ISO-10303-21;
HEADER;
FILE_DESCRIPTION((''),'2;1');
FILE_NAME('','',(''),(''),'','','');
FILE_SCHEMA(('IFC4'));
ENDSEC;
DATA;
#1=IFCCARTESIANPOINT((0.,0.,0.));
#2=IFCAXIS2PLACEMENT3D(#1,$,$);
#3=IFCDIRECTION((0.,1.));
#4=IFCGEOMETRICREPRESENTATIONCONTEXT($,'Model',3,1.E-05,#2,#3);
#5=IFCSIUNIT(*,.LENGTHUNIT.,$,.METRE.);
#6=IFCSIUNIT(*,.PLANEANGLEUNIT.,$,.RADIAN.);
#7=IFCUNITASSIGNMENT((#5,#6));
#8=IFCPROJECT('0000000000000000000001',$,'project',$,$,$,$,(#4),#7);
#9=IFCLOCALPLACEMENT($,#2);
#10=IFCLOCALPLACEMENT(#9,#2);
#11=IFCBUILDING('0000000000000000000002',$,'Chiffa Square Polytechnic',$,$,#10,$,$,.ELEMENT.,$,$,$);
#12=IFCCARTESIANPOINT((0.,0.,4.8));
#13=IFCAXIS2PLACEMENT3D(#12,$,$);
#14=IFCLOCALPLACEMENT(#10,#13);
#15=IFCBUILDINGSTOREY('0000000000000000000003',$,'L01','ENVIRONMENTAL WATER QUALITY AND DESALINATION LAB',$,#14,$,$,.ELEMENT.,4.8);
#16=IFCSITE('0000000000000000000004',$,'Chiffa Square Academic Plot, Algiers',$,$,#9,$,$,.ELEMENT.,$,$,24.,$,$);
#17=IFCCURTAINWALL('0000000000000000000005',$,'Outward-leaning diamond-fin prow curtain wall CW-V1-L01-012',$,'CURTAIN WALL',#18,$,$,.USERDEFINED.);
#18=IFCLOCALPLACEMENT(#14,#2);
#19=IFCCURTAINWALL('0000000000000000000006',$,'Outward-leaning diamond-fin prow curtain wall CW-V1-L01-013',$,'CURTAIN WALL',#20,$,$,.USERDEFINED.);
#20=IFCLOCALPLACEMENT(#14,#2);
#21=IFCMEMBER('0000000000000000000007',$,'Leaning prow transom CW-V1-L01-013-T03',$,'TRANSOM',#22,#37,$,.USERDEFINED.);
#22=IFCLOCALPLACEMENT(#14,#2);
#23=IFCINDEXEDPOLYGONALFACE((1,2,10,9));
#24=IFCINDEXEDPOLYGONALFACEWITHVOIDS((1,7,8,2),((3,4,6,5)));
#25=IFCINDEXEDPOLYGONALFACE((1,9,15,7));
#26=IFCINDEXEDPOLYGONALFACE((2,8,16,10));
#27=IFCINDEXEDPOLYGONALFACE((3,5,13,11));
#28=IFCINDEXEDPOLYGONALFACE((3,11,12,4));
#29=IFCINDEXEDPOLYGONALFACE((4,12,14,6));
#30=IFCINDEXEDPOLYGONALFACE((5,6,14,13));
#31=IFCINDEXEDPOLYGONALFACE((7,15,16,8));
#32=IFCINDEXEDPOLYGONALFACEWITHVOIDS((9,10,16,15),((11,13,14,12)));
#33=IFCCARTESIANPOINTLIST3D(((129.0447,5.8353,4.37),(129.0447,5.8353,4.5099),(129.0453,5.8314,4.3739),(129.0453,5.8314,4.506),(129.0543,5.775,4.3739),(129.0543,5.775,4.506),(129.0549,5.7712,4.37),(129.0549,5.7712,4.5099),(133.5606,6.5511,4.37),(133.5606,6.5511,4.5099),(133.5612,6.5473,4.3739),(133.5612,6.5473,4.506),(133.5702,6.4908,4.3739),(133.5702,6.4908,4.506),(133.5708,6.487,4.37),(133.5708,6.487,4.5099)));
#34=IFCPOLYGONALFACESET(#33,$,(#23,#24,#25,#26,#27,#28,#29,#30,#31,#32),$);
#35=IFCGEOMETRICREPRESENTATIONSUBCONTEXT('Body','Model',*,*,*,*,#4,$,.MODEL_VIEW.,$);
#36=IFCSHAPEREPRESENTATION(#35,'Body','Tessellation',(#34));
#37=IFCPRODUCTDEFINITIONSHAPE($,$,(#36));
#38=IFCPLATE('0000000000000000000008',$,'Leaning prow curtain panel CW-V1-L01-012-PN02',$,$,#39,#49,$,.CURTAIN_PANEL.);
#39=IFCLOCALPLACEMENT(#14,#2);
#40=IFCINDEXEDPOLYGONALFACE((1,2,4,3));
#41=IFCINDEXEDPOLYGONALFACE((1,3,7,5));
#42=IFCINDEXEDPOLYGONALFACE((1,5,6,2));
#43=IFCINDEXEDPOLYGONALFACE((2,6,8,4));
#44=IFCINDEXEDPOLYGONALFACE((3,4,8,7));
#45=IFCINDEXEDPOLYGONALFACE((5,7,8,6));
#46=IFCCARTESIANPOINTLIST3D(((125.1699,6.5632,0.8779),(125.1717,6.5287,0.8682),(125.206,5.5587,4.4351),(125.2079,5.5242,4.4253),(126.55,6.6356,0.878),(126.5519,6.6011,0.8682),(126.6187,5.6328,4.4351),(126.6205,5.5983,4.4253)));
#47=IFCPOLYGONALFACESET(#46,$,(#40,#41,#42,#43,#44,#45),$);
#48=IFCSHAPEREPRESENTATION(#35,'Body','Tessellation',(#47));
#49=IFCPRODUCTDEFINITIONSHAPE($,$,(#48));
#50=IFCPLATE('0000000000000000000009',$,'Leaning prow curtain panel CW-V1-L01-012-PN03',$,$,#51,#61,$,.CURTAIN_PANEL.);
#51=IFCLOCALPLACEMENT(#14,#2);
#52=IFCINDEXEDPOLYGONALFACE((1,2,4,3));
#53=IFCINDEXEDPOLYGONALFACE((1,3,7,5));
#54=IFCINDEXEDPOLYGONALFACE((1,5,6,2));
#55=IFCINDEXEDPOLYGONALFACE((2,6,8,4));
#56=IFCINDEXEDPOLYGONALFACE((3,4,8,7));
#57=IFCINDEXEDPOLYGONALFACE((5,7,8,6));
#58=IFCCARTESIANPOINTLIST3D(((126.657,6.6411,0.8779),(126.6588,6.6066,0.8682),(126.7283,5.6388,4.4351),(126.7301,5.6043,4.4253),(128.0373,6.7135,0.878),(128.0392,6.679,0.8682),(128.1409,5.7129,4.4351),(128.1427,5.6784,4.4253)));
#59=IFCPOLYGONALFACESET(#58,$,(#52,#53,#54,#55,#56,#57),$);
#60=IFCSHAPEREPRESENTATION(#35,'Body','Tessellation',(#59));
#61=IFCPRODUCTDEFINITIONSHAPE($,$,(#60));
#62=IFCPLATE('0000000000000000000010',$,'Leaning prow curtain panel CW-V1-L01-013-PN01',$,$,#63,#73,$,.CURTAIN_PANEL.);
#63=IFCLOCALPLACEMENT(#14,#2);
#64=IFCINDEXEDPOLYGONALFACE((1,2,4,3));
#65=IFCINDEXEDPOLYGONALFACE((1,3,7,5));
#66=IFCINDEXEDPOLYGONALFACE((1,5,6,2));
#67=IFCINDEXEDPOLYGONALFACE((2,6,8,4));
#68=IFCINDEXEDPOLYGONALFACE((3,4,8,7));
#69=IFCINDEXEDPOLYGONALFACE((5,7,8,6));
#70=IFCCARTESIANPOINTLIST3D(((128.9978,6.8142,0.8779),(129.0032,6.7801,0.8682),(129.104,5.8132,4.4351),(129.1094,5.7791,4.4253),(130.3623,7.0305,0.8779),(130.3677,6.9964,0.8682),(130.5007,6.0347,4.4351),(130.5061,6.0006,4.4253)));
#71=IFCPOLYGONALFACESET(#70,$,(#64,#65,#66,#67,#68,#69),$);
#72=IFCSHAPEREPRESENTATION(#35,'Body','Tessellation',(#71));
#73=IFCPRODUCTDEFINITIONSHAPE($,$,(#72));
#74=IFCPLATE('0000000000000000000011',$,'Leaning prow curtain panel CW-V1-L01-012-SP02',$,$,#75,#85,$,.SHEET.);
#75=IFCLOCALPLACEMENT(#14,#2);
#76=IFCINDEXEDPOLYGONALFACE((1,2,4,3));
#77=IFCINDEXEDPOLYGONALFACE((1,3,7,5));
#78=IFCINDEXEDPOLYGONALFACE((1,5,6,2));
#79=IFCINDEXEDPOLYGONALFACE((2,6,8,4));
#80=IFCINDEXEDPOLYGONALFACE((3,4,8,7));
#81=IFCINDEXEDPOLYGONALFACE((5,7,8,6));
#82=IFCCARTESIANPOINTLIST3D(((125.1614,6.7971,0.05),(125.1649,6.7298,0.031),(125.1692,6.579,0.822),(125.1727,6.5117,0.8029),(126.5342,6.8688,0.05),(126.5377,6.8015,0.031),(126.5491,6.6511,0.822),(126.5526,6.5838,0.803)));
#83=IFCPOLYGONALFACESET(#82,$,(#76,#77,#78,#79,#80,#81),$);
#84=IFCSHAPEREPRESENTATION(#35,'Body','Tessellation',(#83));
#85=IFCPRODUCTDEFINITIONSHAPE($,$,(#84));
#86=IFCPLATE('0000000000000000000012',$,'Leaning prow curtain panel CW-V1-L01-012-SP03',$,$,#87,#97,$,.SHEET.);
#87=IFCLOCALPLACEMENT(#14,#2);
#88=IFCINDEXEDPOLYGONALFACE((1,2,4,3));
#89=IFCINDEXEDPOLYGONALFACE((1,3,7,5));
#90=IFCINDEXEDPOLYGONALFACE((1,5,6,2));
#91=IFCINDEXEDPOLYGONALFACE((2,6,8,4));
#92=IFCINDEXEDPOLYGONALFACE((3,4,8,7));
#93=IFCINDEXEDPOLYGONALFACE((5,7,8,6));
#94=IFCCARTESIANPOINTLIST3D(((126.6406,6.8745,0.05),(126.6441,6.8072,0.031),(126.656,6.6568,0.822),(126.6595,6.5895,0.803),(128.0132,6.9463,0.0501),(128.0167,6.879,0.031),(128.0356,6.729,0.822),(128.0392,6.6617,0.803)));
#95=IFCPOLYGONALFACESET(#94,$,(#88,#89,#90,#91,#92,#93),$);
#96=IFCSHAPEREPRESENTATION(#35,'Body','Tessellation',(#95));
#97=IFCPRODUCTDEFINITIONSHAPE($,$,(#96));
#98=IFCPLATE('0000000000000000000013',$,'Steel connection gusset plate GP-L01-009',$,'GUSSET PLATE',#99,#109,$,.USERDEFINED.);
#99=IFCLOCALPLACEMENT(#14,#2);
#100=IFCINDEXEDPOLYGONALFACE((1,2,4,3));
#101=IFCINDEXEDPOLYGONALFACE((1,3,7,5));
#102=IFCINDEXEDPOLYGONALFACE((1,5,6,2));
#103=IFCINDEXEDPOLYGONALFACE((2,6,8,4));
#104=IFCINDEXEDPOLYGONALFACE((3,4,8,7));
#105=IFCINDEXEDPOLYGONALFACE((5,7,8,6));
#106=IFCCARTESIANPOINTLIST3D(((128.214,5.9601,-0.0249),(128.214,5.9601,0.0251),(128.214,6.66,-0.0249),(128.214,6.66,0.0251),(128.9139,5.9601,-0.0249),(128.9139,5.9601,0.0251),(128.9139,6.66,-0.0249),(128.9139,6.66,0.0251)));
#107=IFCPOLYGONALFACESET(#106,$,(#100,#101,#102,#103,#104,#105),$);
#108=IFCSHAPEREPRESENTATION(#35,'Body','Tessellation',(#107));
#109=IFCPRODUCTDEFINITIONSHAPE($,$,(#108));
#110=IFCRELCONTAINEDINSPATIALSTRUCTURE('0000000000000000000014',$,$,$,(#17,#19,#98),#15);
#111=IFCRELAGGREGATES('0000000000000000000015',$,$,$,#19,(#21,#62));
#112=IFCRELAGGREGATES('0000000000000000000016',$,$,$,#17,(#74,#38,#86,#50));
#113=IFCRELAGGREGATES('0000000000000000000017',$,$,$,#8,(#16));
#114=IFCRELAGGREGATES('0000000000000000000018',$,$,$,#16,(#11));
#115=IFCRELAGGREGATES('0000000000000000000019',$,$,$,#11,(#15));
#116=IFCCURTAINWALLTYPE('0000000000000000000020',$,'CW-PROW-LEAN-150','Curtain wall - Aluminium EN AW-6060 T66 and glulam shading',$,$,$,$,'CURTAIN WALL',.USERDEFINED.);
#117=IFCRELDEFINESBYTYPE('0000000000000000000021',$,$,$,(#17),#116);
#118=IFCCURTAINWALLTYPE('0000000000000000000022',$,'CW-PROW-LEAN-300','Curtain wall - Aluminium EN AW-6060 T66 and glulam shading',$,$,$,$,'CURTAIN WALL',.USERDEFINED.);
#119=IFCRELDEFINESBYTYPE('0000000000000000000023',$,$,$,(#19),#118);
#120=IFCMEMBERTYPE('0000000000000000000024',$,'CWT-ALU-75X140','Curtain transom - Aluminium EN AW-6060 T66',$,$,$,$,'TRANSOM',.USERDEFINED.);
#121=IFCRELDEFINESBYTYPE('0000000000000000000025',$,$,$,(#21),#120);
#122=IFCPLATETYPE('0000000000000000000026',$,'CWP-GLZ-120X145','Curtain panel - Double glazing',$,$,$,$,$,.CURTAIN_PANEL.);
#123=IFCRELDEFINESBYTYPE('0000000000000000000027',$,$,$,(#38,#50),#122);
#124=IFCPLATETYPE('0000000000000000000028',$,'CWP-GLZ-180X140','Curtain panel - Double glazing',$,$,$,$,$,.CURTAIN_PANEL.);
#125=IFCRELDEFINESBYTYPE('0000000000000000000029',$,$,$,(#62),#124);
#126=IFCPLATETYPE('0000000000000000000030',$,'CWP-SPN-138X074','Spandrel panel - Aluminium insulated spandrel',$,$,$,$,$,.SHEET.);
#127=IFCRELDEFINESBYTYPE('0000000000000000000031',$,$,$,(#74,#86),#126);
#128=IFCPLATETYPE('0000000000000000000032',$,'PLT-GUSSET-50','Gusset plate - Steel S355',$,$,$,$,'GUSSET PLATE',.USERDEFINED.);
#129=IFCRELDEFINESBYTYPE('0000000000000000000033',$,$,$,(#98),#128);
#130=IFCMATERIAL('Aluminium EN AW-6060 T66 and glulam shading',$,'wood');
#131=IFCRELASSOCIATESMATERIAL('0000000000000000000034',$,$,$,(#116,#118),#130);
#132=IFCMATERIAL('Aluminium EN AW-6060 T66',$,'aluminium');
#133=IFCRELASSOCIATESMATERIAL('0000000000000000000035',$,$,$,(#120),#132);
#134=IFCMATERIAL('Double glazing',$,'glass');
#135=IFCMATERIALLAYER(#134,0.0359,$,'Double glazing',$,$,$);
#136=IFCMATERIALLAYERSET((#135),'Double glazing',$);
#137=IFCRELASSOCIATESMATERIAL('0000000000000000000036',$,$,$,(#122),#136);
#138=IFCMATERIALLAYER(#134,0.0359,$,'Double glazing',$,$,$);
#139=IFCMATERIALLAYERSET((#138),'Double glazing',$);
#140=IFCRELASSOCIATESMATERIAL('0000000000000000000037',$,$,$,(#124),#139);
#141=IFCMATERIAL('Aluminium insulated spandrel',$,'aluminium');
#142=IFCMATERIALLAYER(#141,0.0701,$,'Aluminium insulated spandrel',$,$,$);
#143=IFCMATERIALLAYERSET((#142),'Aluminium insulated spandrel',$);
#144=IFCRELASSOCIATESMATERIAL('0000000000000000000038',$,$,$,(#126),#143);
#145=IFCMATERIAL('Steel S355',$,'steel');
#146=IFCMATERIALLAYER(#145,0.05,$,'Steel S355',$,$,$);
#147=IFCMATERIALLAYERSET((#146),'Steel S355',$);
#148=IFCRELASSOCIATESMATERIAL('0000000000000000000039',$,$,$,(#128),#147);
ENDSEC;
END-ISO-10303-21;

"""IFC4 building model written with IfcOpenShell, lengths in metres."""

from ifc_helpers import new_model, si_unit, direction, frame, origin, origin_2d, place, context, subcontext, project, spatial, polyline, rectangle, hollow_rectangle, outline, extrude, material, layer, layer_set, material_profile, profile_set, type_object, element, aggregate, save


model = new_model("IFC4")

# Units and contexts
model_context = context("Model", 3, precision=1e-05, world=origin(), true_north=direction((0.0, 1.0)))
body_context = subcontext(model_context, "Body", "Model", "MODEL_VIEW")
ifc_project = project(units=[si_unit("LENGTHUNIT", "METRE"), si_unit("PLANEANGLEUNIT", "RADIAN")], contexts=[model_context])

# Site, building, storey
site_placement = place(None, origin())
site = spatial("IfcSite", under=ifc_project, at=site_placement, Name="Chiffa Square Academic Plot, Algiers", CompositionType="ELEMENT", RefElevation=24.0)
building_placement = place(site_placement, origin())
building = spatial("IfcBuilding", under=site, at=building_placement, Name="Chiffa Square Polytechnic", CompositionType="ELEMENT")
storey_placement = place(building_placement, frame((0.0, 0.0, 4.8)))
storey = spatial("IfcBuildingStorey", under=building, at=storey_placement, Name="L01", Description="ENVIRONMENTAL WATER QUALITY AND DESALINATION LAB", CompositionType="ELEMENT", Elevation=4.8)

# Shared definitions
ifc_material_1 = material(Name="Steel S355", Category="steel")

# Curtain walls, member
ifc_material_2 = material(Name="Aluminium EN AW-6060 T66 and glulam shading", Category="wood")
curtain_wall_type_1 = type_object("IfcCurtainWallType", Name="CW-PROW-LEAN-150", Description="Curtain wall - Aluminium EN AW-6060 T66 and glulam shading", ElementType="CURTAIN WALL", PredefinedType="USERDEFINED", material=ifc_material_2)
curtain_wall_1_placement = place(storey_placement, origin())
curtain_wall_1 = element("IfcCurtainWall", 1, at=curtain_wall_1_placement, inside=storey, type_object=curtain_wall_type_1, Name="Outward-leaning diamond-fin prow curtain wall CW-V1-L01-012", ObjectType="CURTAIN WALL", PredefinedType="USERDEFINED")
ifc_material_3 = material(Name="Aluminium EN AW-6060 T66", Category="aluminium")
curtain_wall_type_2 = type_object("IfcCurtainWallType", Name="CW-PROW-LEAN-300", Description="Curtain wall - Aluminium EN AW-6060 T66 and glulam shading", ElementType="CURTAIN WALL", PredefinedType="USERDEFINED", material=ifc_material_2)
curtain_wall_2_placement = place(storey_placement, origin())
curtain_wall_2 = element("IfcCurtainWall", 2, at=curtain_wall_2_placement, inside=storey, type_object=curtain_wall_type_2, Name="Outward-leaning diamond-fin prow curtain wall CW-V1-L01-013", ObjectType="CURTAIN WALL", PredefinedType="USERDEFINED")
ifc_material_profile_1 = material_profile(ifc_material_3, hollow_rectangle(XDim=0.0649, YDim=0.1399, WallThickness=0.0039, at=origin_2d()), Name="ALU 65x140x4")
ifc_profile_set_1 = profile_set([ifc_material_profile_1], Name="Aluminium EN AW-6060 T66")
member_type_1 = type_object("IfcMemberType", Name="CWT-ALU-75X140", Description="Curtain transom - Aluminium EN AW-6060 T66", ElementType="TRANSOM", PredefinedType="USERDEFINED", material=ifc_profile_set_1)
member_1_placement = place(storey_placement, frame((129.0498, 5.8032, 4.4399), z_axis=(0.987669, 0.156558, 0.0), x_axis=(-0.156558, 0.987669, 0.0)))
member_1 = element("IfcMember", 3, at=member_1_placement, type_object=member_type_1, Name="Leaning prow transom CW-V1-L01-013-T03", ObjectType="TRANSOM", PredefinedType="USERDEFINED", context=body_context, shape_type="SweptSolid", body=[
    extrude(hollow_rectangle(XDim=0.0649, YDim=0.1399, WallThickness=0.0039, at=origin_2d()), origin(), (0.0, 0.0, 1.0), 4.5723),
])

# Plates
ifc_material_4 = material(Name="Double glazing", Category="glass")
ifc_layer_1 = layer(ifc_material_4, 0.0359, Name="Double glazing")
ifc_layer_set_1 = layer_set([ifc_layer_1], Name="Double glazing")
plate_type_1 = type_object("IfcPlateType", Name="CWP-GLZ-120X145", Description="Curtain panel - Double glazing", PredefinedType="CURTAIN_PANEL", material=ifc_layer_set_1)
plate_1_placement = place(storey_placement, frame((125.1699, 6.5632, 0.8779), z_axis=(-0.050407, 0.961006, 0.271895), x_axis=(0.998628, 0.052373, 0.000024)))
plate_1 = element("IfcPlate", 4, at=plate_1_placement, type_object=plate_type_1, Name="Leaning prow curtain panel CW-V1-L01-012-PN02", PredefinedType="CURTAIN_PANEL", context=body_context, shape_type="SweptSolid", body=[
    extrude(outline(polyline([(0.0, 0.0), (1.382, 0.0), (1.3981, -3.6963), (-0.0164, -3.6964), (0.0, 0.0)])), origin(), (0.0, 0.0, -1.0), 0.0359),
])
plate_2_placement = place(storey_placement, frame((126.657, 6.6411, 0.8779), z_axis=(-0.050404, 0.961032, 0.271805), x_axis=(0.998628, 0.052369, 0.000025)))
plate_2 = element("IfcPlate", 5, at=plate_2_placement, type_object=plate_type_1, Name="Leaning prow curtain panel CW-V1-L01-012-PN03", PredefinedType="CURTAIN_PANEL", context=body_context, shape_type="SweptSolid", body=[
    extrude(outline(polyline([(0.0, 0.0), (1.3823, 0.0), (1.4333, -3.6962), (0.0188, -3.6963), (0.0, 0.0)])), origin(), (0.0, 0.0, -1.0), 0.0359),
])
ifc_layer_2 = layer(ifc_material_4, 0.0359, Name="Double glazing")
ifc_layer_set_2 = layer_set([ifc_layer_2], Name="Double glazing")
plate_type_2 = type_object("IfcPlateType", Name="CWP-GLZ-180X140", Description="Curtain panel - Double glazing", PredefinedType="CURTAIN_PANEL", material=ifc_layer_set_2)
plate_3_placement = place(storey_placement, frame((128.9978, 6.8142, 0.8779), z_axis=(-0.150676, 0.950442, 0.271951), x_axis=(0.987666, 0.156576, 0.000002)))
plate_3 = element("IfcPlate", 6, at=plate_3_placement, type_object=plate_type_2, Name="Leaning prow curtain panel CW-V1-L01-013-PN01", PredefinedType="CURTAIN_PANEL", context=body_context, shape_type="SweptSolid", body=[
    extrude(outline(polyline([(0.0, 0.0), (1.3815, 0.0), (1.3623, -3.6964), (-0.0518, -3.6964), (0.0, 0.0)])), origin(), (0.0, 0.0, -1.0), 0.0359),
])
aggregate(curtain_wall_2, [member_1, plate_3])
ifc_material_5 = material(Name="Aluminium insulated spandrel", Category="aluminium")
ifc_layer_3 = layer(ifc_material_5, 0.0701, Name="Aluminium insulated spandrel")
ifc_layer_set_3 = layer_set([ifc_layer_3], Name="Aluminium insulated spandrel")
plate_type_3 = type_object("IfcPlateType", Name="CWP-SPN-138X074", Description="Spandrel panel - Aluminium insulated spandrel", PredefinedType="SHEET", material=ifc_layer_set_3)
plate_4_placement = place(storey_placement, frame((125.1614, 6.7971, 0.05), z_axis=(-0.050202, 0.960991, 0.271986), x_axis=(0.998638, 0.052172, -0.000012)))
plate_4 = element("IfcPlate", 7, at=plate_4_placement, type_object=plate_type_3, Name="Leaning prow curtain panel CW-V1-L01-012-SP02", PredefinedType="SHEET", context=body_context, shape_type="SweptSolid", body=[
    extrude(outline(polyline([(0.0, 0.0), (1.3747, 0.0), (1.3782, -0.8022), (-0.0036, -0.8022), (0.0, 0.0)])), origin(), (0.0, 0.0, -1.0), 0.0701),
])
plate_5_placement = place(storey_placement, frame((126.6406, 6.8745, 0.05), z_axis=(-0.050295, 0.960976, 0.27202), x_axis=(0.998633, 0.052263, 0.000011)))
plate_5 = element("IfcPlate", 8, at=plate_5_placement, type_object=plate_type_3, Name="Leaning prow curtain panel CW-V1-L01-012-SP03", PredefinedType="SHEET", context=body_context, shape_type="SweptSolid", body=[
    extrude(outline(polyline([(0.0, 0.0), (1.3744, 0.0), (1.3855, -0.8022), (0.004, -0.8022), (0.0, 0.0)])), origin(), (0.0, 0.0, -1.0), 0.0701),
])
aggregate(curtain_wall_1, [plate_4, plate_1, plate_5, plate_2])
ifc_layer_4 = layer(ifc_material_1, 0.05, Name="Steel S355")
ifc_layer_set_4 = layer_set([ifc_layer_4], Name="Steel S355")
plate_type_4 = type_object("IfcPlateType", Name="PLT-GUSSET-50", Description="Gusset plate - Steel S355", ElementType="GUSSET PLATE", PredefinedType="USERDEFINED", material=ifc_layer_set_4)
plate_6_placement = place(storey_placement, frame((128.564, 6.3101, -0.0249), z_axis=(0.0, 0.0, 1.0), x_axis=(1.0, 0.0, 0.0)))
element("IfcPlate", 9, at=plate_6_placement, inside=storey, type_object=plate_type_4, Name="Steel connection gusset plate GP-L01-009", ObjectType="GUSSET PLATE", PredefinedType="USERDEFINED", context=body_context, shape_type="SweptSolid", body=[
    extrude(rectangle(XDim=0.7, YDim=0.7, at=origin_2d()), origin(), (0.0, 0.0, 1.0), 0.05),
])

save(model, "model.ifc")
